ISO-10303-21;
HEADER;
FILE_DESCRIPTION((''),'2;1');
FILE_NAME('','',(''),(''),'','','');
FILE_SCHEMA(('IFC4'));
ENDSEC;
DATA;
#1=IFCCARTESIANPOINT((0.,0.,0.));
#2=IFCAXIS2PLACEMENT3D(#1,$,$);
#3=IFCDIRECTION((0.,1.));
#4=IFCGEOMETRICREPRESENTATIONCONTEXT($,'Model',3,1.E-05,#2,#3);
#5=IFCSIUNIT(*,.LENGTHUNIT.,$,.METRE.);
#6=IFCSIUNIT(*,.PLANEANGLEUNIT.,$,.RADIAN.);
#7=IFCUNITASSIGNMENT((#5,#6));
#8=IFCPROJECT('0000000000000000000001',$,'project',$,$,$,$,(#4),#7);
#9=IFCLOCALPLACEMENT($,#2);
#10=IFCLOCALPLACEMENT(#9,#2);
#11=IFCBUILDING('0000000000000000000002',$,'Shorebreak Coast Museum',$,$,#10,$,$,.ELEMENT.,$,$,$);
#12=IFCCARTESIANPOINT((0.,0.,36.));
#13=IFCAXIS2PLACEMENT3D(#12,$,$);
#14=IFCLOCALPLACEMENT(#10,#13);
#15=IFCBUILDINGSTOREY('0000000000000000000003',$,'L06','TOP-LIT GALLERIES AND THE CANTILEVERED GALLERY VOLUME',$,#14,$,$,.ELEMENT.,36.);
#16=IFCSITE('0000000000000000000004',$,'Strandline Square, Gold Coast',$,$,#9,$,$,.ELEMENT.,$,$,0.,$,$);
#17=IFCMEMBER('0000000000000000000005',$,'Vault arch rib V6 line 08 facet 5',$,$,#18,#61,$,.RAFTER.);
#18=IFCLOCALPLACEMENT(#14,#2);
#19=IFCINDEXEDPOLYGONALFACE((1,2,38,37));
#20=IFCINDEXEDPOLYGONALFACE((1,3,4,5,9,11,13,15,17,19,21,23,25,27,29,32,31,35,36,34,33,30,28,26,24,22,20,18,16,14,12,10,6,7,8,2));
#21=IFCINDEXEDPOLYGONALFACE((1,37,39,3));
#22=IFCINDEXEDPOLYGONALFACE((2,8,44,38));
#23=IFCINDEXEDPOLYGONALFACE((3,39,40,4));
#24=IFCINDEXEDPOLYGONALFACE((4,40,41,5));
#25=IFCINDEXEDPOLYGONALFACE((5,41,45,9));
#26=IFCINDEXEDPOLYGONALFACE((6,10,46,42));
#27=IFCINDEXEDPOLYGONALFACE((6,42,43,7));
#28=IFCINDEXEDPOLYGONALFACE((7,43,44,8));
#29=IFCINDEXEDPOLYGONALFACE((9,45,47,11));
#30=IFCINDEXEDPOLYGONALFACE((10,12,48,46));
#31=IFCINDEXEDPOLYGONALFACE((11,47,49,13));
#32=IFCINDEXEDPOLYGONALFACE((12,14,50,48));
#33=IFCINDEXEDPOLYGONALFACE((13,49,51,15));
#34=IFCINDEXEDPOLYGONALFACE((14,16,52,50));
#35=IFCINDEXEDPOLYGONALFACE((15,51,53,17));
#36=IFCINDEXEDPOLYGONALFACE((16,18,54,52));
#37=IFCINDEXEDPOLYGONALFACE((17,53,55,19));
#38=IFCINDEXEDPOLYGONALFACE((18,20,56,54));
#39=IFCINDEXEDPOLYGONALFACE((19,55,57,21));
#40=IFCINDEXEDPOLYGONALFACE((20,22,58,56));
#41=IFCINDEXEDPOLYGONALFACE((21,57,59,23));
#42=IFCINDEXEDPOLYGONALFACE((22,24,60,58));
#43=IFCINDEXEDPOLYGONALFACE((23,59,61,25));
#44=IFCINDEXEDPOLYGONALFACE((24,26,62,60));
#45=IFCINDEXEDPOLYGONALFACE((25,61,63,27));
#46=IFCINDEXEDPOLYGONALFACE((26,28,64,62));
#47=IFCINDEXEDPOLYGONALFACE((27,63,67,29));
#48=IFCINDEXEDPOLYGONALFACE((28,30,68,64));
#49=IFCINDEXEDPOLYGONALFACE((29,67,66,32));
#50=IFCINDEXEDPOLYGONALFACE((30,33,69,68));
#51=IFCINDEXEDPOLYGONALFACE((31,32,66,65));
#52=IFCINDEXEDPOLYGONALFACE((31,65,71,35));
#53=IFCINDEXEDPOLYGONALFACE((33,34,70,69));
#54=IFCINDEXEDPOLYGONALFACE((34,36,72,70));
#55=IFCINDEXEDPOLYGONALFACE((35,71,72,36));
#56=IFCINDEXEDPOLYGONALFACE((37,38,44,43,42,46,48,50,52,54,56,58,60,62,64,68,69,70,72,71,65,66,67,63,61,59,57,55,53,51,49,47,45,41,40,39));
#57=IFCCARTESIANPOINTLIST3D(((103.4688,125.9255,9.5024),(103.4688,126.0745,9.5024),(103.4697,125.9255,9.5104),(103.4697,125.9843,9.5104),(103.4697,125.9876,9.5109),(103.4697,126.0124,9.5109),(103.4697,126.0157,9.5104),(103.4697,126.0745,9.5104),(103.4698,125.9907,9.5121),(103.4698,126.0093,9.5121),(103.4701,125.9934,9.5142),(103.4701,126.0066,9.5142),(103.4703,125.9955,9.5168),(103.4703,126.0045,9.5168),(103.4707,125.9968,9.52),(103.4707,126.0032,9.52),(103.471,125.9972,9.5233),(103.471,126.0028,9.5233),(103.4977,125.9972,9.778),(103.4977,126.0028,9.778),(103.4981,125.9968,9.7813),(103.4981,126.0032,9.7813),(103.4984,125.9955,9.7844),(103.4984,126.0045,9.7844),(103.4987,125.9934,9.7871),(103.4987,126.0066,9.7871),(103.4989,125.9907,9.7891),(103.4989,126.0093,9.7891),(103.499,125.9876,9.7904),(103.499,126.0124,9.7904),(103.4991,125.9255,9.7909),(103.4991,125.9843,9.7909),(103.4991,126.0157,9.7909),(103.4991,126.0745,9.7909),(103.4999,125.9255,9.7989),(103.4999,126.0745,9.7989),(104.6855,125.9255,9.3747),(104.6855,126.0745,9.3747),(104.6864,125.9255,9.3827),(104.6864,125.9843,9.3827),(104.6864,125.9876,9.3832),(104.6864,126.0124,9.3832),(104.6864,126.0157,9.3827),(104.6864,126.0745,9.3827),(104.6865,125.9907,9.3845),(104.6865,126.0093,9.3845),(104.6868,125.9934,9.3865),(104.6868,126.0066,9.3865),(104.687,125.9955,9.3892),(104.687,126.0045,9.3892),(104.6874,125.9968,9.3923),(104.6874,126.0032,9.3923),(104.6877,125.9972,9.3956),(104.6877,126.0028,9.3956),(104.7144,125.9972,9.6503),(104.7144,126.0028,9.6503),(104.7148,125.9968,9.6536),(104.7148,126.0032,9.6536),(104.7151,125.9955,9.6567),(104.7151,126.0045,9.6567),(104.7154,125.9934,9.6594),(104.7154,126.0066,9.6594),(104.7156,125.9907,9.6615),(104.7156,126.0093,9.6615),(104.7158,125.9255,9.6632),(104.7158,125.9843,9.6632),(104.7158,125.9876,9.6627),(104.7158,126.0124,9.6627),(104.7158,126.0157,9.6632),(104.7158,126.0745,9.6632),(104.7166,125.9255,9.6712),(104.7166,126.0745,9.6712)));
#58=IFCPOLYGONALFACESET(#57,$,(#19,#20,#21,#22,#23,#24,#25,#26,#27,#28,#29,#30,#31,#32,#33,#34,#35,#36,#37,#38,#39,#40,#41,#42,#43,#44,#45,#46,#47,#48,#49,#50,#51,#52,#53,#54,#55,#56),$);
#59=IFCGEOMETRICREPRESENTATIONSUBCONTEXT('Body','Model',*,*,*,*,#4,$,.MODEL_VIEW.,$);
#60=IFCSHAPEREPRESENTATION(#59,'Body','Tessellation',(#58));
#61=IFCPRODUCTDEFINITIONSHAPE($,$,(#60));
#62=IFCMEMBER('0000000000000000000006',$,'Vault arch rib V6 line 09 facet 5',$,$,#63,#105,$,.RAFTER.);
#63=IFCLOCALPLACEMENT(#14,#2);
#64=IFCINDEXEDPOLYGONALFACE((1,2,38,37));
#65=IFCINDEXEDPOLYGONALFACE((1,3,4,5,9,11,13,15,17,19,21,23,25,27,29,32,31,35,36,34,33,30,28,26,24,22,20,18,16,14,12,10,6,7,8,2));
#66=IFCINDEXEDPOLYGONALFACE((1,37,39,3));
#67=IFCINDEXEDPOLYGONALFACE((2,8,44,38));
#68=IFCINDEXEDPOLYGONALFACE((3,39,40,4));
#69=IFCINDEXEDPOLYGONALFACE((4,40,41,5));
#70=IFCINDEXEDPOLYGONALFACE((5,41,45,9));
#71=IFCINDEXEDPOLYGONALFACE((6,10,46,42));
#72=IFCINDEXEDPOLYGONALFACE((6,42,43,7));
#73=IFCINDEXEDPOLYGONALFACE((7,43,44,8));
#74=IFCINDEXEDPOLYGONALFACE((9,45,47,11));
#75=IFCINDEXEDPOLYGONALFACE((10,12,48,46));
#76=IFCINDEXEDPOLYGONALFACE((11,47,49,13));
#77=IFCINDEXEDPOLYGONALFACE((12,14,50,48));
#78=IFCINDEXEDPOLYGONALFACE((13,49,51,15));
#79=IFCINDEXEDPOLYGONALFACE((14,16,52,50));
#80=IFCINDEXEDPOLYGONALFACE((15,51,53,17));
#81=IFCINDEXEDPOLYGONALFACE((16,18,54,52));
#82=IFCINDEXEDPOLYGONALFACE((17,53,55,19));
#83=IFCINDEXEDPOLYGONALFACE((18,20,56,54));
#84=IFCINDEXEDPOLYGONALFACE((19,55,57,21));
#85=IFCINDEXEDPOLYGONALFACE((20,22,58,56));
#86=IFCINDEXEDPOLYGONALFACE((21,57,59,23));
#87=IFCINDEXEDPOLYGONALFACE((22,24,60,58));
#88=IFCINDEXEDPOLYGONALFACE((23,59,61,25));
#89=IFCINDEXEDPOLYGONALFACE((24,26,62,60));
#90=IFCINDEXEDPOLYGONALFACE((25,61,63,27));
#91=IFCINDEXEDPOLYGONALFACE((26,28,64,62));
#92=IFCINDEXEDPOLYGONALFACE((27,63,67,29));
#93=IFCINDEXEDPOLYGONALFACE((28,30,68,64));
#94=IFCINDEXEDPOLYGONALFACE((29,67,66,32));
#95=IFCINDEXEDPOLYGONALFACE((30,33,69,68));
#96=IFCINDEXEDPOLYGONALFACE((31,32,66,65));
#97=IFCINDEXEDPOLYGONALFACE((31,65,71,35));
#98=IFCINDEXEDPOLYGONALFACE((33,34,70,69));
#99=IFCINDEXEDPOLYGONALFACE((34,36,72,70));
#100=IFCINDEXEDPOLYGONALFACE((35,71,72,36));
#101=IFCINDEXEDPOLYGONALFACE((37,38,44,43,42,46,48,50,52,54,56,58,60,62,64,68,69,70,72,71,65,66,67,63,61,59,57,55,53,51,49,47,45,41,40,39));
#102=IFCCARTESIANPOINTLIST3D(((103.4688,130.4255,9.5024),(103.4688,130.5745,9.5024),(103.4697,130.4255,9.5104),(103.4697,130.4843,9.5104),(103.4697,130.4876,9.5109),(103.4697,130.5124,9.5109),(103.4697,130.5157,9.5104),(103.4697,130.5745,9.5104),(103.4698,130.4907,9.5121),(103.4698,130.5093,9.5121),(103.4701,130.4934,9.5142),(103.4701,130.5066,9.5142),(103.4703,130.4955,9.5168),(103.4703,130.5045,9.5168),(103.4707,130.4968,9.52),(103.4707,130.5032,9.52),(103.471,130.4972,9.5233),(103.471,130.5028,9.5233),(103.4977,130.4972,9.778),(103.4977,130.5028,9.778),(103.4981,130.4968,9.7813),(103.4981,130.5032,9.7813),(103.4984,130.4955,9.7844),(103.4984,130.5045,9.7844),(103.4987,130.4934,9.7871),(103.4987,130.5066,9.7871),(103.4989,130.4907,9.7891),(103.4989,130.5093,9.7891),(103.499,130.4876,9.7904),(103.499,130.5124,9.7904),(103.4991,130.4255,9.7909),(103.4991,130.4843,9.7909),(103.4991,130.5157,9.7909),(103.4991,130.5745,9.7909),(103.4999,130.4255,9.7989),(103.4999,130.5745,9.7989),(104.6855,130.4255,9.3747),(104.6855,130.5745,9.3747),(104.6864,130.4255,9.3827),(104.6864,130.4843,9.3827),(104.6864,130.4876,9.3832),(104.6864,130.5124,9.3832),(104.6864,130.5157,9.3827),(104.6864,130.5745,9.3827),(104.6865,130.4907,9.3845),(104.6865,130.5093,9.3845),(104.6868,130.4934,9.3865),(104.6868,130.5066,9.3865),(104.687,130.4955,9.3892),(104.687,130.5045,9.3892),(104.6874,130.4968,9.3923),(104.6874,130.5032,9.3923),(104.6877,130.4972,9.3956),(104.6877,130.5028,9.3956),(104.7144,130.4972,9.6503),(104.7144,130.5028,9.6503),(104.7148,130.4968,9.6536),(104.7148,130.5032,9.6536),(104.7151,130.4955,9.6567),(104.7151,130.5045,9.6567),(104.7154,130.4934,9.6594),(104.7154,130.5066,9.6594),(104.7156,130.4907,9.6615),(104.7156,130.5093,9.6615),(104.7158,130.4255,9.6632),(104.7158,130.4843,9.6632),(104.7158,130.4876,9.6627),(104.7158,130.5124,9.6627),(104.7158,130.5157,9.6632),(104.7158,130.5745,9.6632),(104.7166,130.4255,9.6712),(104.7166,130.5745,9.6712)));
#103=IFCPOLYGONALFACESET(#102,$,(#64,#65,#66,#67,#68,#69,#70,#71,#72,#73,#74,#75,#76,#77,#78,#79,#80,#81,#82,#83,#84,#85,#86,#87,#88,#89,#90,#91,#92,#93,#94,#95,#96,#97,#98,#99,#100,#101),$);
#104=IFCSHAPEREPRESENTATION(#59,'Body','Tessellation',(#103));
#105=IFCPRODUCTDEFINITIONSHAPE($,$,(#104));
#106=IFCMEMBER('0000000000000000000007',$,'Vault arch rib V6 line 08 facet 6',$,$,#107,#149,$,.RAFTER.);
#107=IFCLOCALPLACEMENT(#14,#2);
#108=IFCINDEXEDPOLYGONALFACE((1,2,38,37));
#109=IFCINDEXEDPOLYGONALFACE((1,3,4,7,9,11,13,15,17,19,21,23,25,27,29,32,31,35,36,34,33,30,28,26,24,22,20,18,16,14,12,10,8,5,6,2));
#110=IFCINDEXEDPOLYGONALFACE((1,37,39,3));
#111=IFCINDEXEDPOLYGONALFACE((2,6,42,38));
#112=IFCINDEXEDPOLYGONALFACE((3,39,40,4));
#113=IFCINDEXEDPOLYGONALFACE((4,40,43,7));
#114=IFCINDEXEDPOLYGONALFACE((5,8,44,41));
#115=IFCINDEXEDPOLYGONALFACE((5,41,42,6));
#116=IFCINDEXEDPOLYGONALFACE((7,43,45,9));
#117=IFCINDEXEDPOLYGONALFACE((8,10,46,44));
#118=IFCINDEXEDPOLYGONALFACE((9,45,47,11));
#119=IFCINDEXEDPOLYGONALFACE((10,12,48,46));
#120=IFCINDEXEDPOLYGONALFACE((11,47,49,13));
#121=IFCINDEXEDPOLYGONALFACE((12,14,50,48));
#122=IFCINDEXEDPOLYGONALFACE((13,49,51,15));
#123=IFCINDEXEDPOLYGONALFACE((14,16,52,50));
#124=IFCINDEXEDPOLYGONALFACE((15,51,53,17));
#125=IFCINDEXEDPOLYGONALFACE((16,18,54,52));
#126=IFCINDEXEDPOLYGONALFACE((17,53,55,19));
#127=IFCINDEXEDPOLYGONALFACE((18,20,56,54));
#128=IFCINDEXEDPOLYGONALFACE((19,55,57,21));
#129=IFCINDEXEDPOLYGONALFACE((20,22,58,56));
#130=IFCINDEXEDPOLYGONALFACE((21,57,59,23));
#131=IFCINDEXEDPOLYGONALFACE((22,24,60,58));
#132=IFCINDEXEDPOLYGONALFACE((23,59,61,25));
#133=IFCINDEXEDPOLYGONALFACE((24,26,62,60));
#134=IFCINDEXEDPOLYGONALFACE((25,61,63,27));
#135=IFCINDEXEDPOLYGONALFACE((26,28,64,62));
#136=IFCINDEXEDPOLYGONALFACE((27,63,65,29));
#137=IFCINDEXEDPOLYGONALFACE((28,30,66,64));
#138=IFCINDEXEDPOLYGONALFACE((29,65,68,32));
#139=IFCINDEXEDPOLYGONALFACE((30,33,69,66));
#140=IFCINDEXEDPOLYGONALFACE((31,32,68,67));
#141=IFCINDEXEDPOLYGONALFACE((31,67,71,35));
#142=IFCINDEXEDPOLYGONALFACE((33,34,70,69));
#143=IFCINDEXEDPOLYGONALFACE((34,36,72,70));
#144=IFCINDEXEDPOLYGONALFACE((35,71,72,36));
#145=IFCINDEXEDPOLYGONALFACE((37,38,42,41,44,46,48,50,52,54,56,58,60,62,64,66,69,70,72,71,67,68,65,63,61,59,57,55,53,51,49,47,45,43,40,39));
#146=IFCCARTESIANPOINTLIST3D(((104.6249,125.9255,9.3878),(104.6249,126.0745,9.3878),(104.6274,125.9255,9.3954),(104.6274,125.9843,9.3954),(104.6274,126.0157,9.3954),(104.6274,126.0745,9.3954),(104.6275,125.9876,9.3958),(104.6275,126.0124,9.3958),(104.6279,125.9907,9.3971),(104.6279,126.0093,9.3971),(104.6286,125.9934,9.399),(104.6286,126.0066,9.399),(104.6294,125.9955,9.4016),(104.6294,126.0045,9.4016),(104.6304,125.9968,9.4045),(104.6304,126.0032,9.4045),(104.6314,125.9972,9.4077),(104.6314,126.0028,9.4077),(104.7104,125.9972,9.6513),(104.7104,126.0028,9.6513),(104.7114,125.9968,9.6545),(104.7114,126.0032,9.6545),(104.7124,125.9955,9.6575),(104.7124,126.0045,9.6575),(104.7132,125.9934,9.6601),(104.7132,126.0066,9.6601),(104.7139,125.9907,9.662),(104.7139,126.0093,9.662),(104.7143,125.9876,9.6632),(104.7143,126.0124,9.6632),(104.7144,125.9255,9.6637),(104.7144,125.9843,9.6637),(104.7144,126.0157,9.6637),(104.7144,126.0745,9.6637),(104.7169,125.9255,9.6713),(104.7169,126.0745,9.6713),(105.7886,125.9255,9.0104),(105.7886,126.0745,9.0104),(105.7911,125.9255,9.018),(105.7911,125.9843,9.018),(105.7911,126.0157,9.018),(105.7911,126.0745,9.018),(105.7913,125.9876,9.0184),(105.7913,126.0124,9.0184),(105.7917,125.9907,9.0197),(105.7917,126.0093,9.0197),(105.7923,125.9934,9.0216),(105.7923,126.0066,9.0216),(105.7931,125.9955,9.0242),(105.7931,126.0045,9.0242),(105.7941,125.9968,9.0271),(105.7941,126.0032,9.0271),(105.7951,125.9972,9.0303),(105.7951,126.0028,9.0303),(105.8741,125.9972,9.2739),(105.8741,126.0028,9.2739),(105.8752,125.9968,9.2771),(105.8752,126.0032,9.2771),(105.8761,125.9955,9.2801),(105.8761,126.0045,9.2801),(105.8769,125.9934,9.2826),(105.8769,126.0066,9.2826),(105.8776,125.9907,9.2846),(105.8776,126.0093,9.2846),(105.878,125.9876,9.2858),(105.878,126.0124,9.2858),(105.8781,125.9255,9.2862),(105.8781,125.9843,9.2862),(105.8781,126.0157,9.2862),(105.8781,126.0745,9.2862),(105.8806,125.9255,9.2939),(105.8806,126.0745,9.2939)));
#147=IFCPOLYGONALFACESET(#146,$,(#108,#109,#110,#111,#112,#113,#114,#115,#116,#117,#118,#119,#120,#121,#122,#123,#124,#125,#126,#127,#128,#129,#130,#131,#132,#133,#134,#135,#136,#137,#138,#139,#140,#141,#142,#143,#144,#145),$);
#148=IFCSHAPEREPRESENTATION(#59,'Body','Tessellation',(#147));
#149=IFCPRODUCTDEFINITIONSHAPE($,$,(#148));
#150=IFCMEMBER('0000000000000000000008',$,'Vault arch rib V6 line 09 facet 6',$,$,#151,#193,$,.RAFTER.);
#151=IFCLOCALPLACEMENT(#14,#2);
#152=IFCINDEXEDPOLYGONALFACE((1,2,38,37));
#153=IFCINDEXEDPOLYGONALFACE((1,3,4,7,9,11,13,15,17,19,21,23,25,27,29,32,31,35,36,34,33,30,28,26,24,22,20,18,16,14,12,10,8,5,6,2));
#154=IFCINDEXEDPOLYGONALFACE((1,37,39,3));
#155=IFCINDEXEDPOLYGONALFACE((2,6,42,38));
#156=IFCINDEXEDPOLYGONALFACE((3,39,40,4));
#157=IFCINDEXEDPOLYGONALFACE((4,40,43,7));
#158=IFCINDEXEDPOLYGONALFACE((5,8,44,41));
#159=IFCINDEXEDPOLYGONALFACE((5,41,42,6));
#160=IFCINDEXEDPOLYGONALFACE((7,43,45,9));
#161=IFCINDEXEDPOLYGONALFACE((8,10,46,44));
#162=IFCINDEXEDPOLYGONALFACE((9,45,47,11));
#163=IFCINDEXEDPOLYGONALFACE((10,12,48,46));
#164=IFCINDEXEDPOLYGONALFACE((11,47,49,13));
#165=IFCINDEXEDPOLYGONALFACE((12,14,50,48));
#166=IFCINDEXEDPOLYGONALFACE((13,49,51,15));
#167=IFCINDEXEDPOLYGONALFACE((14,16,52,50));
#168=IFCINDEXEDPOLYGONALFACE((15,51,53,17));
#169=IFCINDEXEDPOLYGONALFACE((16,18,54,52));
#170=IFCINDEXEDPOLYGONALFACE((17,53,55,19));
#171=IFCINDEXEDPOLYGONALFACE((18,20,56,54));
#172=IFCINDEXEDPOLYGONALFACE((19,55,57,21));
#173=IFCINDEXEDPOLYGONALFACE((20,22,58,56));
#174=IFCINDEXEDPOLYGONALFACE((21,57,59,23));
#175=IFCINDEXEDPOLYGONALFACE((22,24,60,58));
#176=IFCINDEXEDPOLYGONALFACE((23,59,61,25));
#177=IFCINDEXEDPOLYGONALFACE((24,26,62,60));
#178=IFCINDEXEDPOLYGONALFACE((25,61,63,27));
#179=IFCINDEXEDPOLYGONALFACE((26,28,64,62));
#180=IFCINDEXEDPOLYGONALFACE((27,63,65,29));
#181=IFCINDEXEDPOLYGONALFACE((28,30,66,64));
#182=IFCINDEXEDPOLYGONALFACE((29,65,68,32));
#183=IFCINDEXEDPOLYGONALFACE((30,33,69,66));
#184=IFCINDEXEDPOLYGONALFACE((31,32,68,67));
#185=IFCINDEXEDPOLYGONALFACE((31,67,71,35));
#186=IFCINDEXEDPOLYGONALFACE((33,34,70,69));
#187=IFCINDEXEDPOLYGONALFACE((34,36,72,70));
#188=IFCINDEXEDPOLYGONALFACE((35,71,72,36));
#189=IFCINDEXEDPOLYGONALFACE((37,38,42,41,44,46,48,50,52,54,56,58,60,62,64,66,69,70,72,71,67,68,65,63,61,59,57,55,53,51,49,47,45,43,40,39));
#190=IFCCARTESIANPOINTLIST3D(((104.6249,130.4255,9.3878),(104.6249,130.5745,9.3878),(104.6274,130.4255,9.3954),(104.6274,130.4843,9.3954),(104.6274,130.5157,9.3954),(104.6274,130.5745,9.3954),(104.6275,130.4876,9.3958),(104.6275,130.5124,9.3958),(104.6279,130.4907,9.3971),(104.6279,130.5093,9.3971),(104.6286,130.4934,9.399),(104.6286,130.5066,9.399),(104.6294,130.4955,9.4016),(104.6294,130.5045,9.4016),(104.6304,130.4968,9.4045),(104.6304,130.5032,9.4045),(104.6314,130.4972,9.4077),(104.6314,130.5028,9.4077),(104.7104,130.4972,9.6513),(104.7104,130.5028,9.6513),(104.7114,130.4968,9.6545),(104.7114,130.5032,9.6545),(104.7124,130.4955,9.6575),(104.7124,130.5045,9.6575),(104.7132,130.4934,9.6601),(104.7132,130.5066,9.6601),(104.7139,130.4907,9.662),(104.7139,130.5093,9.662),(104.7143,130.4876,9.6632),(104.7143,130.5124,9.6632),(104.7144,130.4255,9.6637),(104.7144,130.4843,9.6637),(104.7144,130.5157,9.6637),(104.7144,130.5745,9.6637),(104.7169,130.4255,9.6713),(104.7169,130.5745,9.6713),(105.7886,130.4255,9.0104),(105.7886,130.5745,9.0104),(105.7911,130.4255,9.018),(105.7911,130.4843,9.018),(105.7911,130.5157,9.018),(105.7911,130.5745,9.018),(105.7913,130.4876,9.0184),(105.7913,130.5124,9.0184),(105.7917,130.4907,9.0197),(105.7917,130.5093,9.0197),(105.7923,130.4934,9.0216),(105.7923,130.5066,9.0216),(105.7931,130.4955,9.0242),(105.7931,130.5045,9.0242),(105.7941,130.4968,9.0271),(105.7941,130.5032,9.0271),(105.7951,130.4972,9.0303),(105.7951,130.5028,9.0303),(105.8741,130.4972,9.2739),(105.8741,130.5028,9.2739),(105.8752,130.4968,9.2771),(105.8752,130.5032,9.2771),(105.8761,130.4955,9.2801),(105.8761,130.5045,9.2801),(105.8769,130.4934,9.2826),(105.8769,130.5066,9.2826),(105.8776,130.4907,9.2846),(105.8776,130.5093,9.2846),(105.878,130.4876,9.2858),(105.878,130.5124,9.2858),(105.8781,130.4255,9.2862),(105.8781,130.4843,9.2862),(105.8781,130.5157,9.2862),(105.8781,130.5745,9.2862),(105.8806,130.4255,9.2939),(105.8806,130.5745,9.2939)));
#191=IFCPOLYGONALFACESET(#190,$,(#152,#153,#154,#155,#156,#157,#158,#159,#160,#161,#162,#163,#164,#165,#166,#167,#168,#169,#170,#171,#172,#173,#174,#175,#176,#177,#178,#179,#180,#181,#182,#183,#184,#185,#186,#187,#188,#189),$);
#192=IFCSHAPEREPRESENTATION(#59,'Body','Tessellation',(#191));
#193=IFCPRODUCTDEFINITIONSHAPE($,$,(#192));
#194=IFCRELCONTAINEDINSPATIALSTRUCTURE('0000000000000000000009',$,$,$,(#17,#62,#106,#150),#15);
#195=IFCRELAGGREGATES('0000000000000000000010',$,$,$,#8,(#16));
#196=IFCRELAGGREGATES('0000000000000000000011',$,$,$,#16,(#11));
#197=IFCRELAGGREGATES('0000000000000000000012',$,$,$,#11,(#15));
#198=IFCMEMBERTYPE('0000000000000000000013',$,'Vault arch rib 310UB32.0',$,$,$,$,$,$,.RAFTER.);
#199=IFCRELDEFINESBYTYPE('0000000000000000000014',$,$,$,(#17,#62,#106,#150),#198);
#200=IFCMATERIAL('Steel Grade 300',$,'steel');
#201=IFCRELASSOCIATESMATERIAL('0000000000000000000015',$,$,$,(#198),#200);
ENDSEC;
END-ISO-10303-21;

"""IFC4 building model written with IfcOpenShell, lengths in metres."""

from ifc_helpers import new_model, si_unit, direction, frame, origin, origin_2d, place, context, subcontext, project, spatial, i_section, extrude, material, material_profile, profile_set, type_object, element, save


model = new_model("IFC4")

# Units and contexts
model_context = context("Model", 3, precision=1e-05, world=origin(), true_north=direction((0.0, 1.0)))
body_context = subcontext(model_context, "Body", "Model", "MODEL_VIEW")
ifc_project = project(units=[si_unit("LENGTHUNIT", "METRE"), si_unit("PLANEANGLEUNIT", "RADIAN")], contexts=[model_context])

# Site, building, storey
site_placement = place(None, origin())
site = spatial("IfcSite", under=ifc_project, at=site_placement, Name="Strandline Square, Gold Coast", CompositionType="ELEMENT", RefElevation=0.0)
building_placement = place(site_placement, origin())
building = spatial("IfcBuilding", under=site, at=building_placement, Name="Shorebreak Coast Museum", CompositionType="ELEMENT")
storey_placement = place(building_placement, frame((0.0, 0.0, 36.0)))
storey = spatial("IfcBuildingStorey", under=building, at=storey_placement, Name="L06", Description="TOP-LIT GALLERIES AND THE CANTILEVERED GALLERY VOLUME", CompositionType="ELEMENT", Elevation=36.0)

# Members
ifc_material_1 = material(Name="Steel Grade 300", Category="steel")
ifc_material_profile_1 = material_profile(ifc_material_1, i_section(OverallWidth=0.1489, OverallDepth=0.2981, WebThickness=0.0056, FlangeThickness=0.0081, FilletRadius=0.0129, at=origin_2d()), Name="310UB32.0")
ifc_profile_set_1 = profile_set([ifc_material_profile_1], Name="Steel Grade 300")
member_type_1 = type_object("IfcMemberType", Name="Vault arch rib 310UB32.0", PredefinedType="RAFTER", material=ifc_profile_set_1)
for number, where, z_axis, x_axis, name in (
    (1, (103.4844, 126.0, 9.6506), (0.994539, 0.0, -0.104363), (0.0, 1.0, 0.0), "Vault arch rib V6 line 08 facet 5"),
    (2, (103.4844, 130.5, 9.6506), (0.994539, 0.0, -0.104363), (0.0, 1.0, 0.0), "Vault arch rib V6 line 09 facet 5"),
    (3, (104.6709, 126.0, 9.5295), (0.951226, 0.0, -0.308495), (0.0, 1.0, 0.0), "Vault arch rib V6 line 08 facet 6"),
    (4, (104.6709, 130.5, 9.5295), (0.951226, 0.0, -0.308495), (0.0, 1.0, 0.0), "Vault arch rib V6 line 09 facet 6"),
):
    element("IfcMember", number, at=place(storey_placement, frame(where, z_axis=z_axis, x_axis=x_axis)), inside=storey, type_object=member_type_1, Name=name, PredefinedType="RAFTER", context=body_context, shape_type="SweptSolid", body=[
        extrude(i_section(OverallWidth=0.1489, OverallDepth=0.2981, WebThickness=0.0056, FlangeThickness=0.0081, FilletRadius=0.0129, at=origin_2d()), origin(), (0.0, 0.0, 1.0), 1.2234),
    ])

save(model, "model.ifc")
